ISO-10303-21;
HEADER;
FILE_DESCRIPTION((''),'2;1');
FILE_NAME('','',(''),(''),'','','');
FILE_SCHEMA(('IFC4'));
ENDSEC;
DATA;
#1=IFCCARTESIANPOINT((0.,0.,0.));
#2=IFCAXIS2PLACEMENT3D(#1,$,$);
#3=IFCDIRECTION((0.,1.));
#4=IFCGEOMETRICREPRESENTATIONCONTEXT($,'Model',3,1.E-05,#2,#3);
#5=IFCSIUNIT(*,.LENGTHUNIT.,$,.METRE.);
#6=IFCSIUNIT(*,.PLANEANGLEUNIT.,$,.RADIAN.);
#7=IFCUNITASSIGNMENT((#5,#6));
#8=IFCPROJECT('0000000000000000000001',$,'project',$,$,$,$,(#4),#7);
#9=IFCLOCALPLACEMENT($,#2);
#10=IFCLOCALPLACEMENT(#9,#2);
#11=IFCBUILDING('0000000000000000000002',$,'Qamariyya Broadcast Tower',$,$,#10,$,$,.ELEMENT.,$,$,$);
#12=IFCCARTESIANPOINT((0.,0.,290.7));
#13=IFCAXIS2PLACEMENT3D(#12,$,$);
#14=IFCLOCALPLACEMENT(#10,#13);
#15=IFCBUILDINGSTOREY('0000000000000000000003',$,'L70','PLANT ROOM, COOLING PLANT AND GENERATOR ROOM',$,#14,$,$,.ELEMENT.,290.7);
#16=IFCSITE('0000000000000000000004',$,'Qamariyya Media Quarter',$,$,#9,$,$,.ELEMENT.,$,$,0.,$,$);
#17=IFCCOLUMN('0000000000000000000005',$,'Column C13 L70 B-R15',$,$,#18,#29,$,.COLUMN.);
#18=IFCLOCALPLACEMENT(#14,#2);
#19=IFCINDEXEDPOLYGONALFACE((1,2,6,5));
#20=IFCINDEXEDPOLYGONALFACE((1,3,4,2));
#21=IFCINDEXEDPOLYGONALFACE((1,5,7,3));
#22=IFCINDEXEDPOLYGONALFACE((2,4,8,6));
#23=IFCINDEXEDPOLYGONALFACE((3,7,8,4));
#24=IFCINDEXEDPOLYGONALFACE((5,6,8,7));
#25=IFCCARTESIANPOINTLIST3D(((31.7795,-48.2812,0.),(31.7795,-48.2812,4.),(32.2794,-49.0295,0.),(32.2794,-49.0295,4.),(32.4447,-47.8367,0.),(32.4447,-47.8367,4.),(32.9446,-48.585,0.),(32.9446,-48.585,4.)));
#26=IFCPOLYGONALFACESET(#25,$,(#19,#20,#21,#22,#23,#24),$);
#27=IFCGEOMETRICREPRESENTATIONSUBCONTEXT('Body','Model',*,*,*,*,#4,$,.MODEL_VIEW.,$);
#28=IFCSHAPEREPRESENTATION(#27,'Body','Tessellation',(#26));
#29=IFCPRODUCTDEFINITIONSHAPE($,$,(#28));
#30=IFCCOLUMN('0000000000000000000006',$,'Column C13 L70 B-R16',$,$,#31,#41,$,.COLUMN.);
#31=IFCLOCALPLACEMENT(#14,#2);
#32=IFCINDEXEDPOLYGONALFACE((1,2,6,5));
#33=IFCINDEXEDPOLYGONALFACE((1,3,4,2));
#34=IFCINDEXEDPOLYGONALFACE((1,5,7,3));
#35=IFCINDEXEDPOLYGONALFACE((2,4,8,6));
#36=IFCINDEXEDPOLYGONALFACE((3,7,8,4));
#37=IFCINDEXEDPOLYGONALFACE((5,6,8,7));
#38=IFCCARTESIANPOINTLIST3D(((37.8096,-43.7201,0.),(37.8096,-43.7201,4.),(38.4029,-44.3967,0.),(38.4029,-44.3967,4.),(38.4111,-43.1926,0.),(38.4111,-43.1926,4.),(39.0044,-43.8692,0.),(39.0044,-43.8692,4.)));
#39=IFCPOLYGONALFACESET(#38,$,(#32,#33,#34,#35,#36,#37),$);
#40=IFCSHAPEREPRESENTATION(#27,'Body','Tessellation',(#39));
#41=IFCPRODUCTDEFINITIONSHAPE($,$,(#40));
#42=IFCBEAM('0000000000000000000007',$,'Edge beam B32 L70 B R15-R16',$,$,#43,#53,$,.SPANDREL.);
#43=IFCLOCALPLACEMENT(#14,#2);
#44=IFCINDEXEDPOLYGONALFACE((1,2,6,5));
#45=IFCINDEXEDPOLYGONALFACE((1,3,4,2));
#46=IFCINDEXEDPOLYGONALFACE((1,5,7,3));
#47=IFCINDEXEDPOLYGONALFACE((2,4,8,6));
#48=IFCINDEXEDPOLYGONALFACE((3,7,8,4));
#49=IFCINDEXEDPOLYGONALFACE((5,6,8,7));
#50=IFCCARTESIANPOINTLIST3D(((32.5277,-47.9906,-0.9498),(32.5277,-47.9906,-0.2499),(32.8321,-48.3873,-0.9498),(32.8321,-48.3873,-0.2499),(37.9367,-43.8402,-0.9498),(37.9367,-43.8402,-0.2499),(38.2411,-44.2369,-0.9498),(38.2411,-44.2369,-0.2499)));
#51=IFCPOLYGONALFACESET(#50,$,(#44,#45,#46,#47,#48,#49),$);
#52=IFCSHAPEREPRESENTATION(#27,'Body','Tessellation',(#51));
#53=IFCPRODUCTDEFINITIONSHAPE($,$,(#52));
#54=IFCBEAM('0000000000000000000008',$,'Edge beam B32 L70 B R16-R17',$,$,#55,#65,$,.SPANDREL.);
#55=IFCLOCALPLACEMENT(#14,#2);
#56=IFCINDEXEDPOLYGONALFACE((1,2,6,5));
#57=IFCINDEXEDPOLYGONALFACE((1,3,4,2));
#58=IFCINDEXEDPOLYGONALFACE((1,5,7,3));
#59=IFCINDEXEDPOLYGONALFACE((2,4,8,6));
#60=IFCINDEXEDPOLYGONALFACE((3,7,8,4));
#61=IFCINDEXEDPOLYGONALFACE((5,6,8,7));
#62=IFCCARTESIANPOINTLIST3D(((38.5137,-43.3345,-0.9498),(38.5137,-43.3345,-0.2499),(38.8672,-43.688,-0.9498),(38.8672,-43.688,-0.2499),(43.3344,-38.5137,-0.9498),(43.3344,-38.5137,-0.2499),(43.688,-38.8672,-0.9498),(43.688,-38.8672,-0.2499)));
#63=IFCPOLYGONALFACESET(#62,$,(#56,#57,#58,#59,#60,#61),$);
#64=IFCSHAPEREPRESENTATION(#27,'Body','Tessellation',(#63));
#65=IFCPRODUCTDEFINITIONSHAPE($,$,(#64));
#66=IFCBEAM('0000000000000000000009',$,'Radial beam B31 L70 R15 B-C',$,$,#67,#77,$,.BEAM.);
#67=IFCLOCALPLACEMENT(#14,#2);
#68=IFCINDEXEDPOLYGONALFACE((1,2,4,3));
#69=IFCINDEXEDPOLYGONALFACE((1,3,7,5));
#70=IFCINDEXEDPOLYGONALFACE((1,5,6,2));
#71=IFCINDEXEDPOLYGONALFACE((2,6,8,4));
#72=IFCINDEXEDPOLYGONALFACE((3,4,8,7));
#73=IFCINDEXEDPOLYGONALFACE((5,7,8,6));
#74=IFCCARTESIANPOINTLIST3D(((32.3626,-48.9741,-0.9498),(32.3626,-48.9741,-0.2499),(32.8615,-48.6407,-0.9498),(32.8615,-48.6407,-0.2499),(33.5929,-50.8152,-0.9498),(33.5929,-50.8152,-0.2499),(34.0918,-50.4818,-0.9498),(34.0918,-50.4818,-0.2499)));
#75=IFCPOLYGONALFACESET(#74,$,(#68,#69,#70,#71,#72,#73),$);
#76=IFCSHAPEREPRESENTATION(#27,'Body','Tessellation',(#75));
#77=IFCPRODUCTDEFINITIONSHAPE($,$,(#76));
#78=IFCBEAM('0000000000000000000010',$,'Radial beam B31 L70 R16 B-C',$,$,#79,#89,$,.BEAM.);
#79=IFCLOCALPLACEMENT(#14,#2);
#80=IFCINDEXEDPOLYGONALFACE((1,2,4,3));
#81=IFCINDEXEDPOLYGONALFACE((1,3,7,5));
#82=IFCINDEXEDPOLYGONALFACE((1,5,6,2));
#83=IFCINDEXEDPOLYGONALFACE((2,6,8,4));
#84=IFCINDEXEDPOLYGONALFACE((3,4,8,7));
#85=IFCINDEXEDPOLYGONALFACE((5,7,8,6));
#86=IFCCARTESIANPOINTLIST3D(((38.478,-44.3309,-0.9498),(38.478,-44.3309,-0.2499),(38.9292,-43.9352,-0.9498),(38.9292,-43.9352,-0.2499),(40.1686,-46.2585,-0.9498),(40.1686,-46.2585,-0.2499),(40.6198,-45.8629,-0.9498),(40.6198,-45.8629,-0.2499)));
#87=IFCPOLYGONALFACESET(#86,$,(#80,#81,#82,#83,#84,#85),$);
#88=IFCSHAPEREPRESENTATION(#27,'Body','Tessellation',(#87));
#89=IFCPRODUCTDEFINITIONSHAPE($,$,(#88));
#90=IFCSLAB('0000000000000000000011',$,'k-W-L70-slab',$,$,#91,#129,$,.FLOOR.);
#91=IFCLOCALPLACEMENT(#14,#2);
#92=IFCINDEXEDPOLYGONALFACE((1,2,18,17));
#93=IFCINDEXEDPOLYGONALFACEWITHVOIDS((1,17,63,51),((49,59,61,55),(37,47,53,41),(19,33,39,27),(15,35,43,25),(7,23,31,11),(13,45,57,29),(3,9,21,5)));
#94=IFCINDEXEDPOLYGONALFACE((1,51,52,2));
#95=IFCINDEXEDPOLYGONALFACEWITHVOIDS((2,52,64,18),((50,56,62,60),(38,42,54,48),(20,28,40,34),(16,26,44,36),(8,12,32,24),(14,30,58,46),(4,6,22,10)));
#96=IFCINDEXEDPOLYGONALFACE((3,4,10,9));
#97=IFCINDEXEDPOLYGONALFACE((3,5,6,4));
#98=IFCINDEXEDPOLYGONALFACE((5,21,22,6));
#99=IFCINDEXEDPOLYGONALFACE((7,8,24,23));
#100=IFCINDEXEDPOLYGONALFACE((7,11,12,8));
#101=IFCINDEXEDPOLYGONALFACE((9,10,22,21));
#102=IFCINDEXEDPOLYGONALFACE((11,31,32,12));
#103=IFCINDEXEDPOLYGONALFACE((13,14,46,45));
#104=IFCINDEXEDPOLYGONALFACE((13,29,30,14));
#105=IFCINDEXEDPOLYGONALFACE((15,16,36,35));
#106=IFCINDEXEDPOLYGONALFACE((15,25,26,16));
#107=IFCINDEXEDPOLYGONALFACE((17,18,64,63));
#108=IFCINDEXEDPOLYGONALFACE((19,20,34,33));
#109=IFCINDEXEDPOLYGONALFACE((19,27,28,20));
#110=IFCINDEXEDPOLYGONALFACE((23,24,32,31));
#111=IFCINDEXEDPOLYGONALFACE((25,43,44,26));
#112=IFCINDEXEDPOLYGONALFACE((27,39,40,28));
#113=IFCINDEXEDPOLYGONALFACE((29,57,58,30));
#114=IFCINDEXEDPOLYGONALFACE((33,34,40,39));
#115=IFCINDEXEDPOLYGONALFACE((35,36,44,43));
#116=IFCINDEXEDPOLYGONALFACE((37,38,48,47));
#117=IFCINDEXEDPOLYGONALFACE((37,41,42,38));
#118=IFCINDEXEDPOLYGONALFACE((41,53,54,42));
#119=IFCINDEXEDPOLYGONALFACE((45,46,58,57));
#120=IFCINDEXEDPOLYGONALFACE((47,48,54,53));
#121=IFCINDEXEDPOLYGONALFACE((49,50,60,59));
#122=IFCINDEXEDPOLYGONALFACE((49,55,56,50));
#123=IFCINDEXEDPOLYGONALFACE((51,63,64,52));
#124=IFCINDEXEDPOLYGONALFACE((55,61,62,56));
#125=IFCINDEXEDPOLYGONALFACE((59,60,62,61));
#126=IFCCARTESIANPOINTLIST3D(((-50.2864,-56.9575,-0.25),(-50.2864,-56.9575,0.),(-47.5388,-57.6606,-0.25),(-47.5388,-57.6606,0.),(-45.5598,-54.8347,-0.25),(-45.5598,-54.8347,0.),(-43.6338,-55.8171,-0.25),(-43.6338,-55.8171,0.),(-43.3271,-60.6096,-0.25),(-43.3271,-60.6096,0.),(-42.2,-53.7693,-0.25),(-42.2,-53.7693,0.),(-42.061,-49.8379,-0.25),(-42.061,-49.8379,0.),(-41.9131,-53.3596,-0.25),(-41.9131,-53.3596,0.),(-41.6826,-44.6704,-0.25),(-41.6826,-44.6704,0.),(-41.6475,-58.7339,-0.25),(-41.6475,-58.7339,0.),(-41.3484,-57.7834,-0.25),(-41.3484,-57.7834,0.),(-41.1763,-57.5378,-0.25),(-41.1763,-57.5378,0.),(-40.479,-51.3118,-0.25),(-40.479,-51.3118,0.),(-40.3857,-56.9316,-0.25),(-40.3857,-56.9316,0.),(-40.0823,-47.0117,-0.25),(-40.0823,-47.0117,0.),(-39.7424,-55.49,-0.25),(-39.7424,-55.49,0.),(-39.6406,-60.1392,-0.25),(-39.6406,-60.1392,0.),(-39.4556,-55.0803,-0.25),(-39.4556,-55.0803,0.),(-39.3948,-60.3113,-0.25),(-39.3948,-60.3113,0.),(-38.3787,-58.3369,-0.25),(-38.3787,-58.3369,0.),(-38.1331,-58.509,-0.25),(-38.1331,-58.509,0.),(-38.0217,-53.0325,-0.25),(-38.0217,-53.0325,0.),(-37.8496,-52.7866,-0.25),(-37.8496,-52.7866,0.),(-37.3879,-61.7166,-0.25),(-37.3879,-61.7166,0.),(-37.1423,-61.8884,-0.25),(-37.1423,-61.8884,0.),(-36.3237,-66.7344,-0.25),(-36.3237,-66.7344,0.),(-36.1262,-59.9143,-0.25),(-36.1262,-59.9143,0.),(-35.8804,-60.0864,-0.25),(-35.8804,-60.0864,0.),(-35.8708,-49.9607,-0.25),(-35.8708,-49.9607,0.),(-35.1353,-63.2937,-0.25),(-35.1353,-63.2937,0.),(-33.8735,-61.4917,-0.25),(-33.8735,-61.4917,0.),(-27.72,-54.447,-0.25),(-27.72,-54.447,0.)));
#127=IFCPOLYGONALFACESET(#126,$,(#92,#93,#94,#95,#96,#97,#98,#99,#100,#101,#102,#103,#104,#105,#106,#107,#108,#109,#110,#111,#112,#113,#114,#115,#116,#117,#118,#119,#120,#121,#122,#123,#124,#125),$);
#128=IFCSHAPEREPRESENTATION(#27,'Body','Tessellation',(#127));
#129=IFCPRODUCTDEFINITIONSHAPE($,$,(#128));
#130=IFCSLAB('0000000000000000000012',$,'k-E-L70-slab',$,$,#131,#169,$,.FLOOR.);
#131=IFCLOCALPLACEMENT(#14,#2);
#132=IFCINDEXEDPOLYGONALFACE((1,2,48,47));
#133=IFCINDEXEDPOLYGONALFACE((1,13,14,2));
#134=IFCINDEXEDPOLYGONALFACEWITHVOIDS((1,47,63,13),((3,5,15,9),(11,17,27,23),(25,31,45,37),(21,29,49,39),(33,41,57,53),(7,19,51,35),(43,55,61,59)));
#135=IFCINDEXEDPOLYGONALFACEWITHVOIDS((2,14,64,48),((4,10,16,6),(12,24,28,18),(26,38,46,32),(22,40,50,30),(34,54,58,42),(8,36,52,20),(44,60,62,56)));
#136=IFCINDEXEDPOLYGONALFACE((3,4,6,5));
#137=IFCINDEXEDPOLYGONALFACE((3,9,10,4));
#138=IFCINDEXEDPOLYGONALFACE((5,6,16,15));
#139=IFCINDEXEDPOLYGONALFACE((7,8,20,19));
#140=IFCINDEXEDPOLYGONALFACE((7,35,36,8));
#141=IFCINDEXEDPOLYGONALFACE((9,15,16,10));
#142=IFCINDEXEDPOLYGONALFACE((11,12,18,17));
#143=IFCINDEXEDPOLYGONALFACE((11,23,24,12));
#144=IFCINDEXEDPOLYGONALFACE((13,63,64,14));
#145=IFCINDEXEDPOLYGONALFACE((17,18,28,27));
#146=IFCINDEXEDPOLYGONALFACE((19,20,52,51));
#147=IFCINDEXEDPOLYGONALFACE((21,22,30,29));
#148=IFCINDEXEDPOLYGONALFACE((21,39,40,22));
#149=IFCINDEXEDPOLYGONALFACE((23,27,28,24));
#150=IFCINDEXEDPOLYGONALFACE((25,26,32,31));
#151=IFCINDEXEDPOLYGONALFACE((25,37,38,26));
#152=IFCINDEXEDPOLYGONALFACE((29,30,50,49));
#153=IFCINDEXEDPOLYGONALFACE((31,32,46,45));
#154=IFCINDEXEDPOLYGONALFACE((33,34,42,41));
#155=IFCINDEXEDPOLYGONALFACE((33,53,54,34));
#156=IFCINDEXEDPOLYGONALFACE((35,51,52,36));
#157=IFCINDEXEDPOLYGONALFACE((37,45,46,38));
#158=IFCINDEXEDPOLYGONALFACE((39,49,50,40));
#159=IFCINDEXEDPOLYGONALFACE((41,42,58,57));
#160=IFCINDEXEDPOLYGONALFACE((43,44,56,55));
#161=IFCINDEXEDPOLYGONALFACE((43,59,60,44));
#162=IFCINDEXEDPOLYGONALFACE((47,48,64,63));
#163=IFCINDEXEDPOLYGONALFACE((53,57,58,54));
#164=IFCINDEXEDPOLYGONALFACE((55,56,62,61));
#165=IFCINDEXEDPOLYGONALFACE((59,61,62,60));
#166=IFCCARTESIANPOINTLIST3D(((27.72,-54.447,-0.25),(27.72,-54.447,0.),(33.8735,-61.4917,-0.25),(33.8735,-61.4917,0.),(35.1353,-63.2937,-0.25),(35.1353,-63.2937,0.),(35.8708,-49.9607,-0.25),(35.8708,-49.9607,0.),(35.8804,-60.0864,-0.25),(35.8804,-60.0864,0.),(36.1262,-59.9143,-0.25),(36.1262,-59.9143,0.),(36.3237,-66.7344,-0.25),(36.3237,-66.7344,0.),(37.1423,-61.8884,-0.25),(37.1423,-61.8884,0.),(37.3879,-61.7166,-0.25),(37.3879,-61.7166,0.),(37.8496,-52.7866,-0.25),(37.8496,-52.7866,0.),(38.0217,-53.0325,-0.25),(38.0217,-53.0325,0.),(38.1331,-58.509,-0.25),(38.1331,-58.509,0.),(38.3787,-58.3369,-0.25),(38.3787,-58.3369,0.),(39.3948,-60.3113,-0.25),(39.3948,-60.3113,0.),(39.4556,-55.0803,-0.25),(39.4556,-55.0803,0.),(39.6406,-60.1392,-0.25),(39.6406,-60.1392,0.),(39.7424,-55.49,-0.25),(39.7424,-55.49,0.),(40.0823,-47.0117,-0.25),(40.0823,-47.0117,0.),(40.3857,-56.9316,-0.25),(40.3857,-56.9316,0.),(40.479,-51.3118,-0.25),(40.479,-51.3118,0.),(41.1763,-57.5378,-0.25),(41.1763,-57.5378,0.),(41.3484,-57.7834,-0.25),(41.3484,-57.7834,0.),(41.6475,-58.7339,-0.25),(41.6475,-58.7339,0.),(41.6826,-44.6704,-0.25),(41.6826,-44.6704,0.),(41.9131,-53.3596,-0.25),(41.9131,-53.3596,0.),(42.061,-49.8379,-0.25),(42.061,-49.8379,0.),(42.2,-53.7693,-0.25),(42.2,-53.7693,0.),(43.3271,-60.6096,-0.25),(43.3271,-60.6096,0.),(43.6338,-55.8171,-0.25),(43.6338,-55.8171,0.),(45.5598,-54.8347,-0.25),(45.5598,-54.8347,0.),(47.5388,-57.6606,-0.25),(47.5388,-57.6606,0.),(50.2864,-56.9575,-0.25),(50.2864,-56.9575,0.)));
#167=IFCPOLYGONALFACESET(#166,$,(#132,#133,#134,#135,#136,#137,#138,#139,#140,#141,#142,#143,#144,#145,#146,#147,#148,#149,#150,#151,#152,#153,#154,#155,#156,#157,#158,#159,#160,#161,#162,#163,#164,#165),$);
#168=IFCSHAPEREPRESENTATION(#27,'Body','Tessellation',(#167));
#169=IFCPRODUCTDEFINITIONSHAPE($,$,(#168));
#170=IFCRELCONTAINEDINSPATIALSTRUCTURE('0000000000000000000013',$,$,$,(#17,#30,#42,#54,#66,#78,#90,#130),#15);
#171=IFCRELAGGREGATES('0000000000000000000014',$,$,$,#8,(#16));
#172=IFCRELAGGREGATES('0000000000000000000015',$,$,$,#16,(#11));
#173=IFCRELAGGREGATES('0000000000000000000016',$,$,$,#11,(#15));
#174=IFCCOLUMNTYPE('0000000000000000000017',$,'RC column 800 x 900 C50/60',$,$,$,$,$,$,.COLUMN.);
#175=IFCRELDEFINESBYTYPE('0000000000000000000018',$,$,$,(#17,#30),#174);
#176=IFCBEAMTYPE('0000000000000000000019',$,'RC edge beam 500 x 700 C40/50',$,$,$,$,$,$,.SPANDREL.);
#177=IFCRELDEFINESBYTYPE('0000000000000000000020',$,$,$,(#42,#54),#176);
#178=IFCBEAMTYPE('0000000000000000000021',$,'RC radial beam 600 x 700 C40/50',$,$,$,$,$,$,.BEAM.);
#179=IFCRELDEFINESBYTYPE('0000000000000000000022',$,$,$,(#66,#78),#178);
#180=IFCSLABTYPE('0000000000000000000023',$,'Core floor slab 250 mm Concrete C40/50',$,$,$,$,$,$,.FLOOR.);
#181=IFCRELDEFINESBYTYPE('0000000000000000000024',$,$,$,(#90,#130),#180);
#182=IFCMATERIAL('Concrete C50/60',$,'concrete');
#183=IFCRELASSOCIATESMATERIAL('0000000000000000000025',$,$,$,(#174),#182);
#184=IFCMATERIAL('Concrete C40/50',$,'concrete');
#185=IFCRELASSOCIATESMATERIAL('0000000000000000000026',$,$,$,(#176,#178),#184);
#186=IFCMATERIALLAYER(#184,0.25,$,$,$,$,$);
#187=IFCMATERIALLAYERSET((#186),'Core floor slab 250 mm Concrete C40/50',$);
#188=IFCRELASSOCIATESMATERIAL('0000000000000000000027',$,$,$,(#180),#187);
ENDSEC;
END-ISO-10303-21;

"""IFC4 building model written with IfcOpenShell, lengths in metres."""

from ifc_helpers import new_model, si_unit, direction, frame, origin, origin_2d, place, context, subcontext, project, spatial, polyline, rectangle, outline, extrude, material, layer, layer_set, material_profile, profile_set, type_object, element, save


model = new_model("IFC4")

# Units and contexts
model_context = context("Model", 3, precision=1e-05, world=origin(), true_north=direction((0.0, 1.0)))
body_context = subcontext(model_context, "Body", "Model", "MODEL_VIEW")
ifc_project = project(units=[si_unit("LENGTHUNIT", "METRE"), si_unit("PLANEANGLEUNIT", "RADIAN")], contexts=[model_context])

# Site, building, storey
site_placement = place(None, origin())
site = spatial("IfcSite", under=ifc_project, at=site_placement, Name="Qamariyya Media Quarter", CompositionType="ELEMENT", RefElevation=0.0)
building_placement = place(site_placement, origin())
building = spatial("IfcBuilding", under=site, at=building_placement, Name="Qamariyya Broadcast Tower", CompositionType="ELEMENT")
storey_placement = place(building_placement, frame((0.0, 0.0, 290.7)))
storey = spatial("IfcBuildingStorey", under=building, at=storey_placement, Name="L70", Description="PLANT ROOM, COOLING PLANT AND GENERATOR ROOM", CompositionType="ELEMENT", Elevation=290.7)

# Columns
ifc_material_1 = material(Name="Concrete C50/60", Category="concrete")
ifc_material_profile_1 = material_profile(ifc_material_1, rectangle(XDim=0.8, YDim=0.8999, at=origin_2d()))
ifc_profile_set_1 = profile_set([ifc_material_profile_1], Name="Concrete C50/60")
column_type = type_object("IfcColumnType", Name="RC column 800 x 900 C50/60", PredefinedType="COLUMN", material=ifc_profile_set_1)
for number, where, z_axis, x_axis, name in (
    (1, (32.3621, -48.4331, 0.0), (0.0, 0.0, 1.0), (0.83147, 0.55557, 0.0), "Column C13 L70 B-R15"),
    (2, (38.407, -43.7947, 0.0), (0.0, 0.0, 1.0), (0.75184, 0.659346, 0.0), "Column C13 L70 B-R16"),
):
    element("IfcColumn", number, at=place(storey_placement, frame(where, z_axis=z_axis, x_axis=x_axis)), inside=storey, type_object=column_type, Name=name, PredefinedType="COLUMN", context=body_context, shape_type="SweptSolid", body=[
        extrude(rectangle(XDim=0.8, YDim=0.8999, at=origin_2d()), origin(), (0.0, 0.0, 1.0), 4.0),
    ])

# Beams
ifc_material_2 = material(Name="Concrete C40/50", Category="concrete")
ifc_material_profile_2 = material_profile(ifc_material_2, rectangle(XDim=0.5, YDim=0.7, at=origin_2d()))
ifc_profile_set_2 = profile_set([ifc_material_profile_2], Name="Concrete C40/50")
beam_type_1 = type_object("IfcBeamType", Name="RC edge beam 500 x 700 C40/50", PredefinedType="SPANDREL", material=ifc_profile_set_2)
beam_1_placement = place(storey_placement, frame((32.6799, -48.189, -0.5999), z_axis=(0.793356, 0.608759, 0.0), x_axis=(-0.608759, 0.793356, 0.0)))
element("IfcBeam", 3, at=beam_1_placement, inside=storey, type_object=beam_type_1, Name="Edge beam B32 L70 B R15-R16", PredefinedType="SPANDREL", context=body_context, shape_type="SweptSolid", body=[
    extrude(rectangle(XDim=0.5, YDim=0.7, at=origin_2d()), origin(), (0.0, 0.0, 1.0), 6.8179),
])
beam_2_placement = place(storey_placement, frame((38.6904, -43.5112, -0.5999), z_axis=(0.707107, 0.707107, 0.0), x_axis=(-0.707107, 0.707107, 0.0)))
element("IfcBeam", 4, at=beam_2_placement, inside=storey, type_object=beam_type_1, Name="Edge beam B32 L70 B R16-R17", PredefinedType="SPANDREL", context=body_context, shape_type="SweptSolid", body=[
    extrude(rectangle(XDim=0.5, YDim=0.7, at=origin_2d()), origin(), (0.0, 0.0, 1.0), 6.8176),
])
ifc_material_profile_3 = material_profile(ifc_material_2, rectangle(XDim=0.6001, YDim=0.7, at=origin_2d()))
ifc_profile_set_3 = profile_set([ifc_material_profile_3], Name="Concrete C40/50")
beam_type_2 = type_object("IfcBeamType", Name="RC radial beam 600 x 700 C40/50", PredefinedType="BEAM", material=ifc_profile_set_3)
beam_3_placement = place(storey_placement, frame((32.6121, -48.8074, -0.5999), z_axis=(0.55559, -0.831456, 0.0), x_axis=(0.831456, 0.55559, 0.0)))
element("IfcBeam", 5, at=beam_3_placement, inside=storey, type_object=beam_type_2, Name="Radial beam B31 L70 R15 B-C", PredefinedType="BEAM", context=body_context, shape_type="SweptSolid", body=[
    extrude(rectangle(XDim=0.6001, YDim=0.7, at=origin_2d()), origin(), (0.0, 0.0, 1.0), 2.2144),
])
beam_4_placement = place(storey_placement, frame((38.7036, -44.1331, -0.5999), z_axis=(0.659367, -0.751821, 0.0), x_axis=(0.751821, 0.659367, 0.0)))
element("IfcBeam", 6, at=beam_4_placement, inside=storey, type_object=beam_type_2, Name="Radial beam B31 L70 R16 B-C", PredefinedType="BEAM", context=body_context, shape_type="SweptSolid", body=[
    extrude(rectangle(XDim=0.6001, YDim=0.7, at=origin_2d()), origin(), (0.0, 0.0, 1.0), 2.564),
])

# Slabs
ifc_layer_1 = layer(ifc_material_2, 0.25)
ifc_layer_set_1 = layer_set([ifc_layer_1], Name="Core floor slab 250 mm Concrete C40/50")
slab_type_1 = type_object("IfcSlabType", Name="Core floor slab 250 mm Concrete C40/50", PredefinedType="FLOOR", material=ifc_layer_set_1)
slab_1_placement = place(storey_placement, frame((0.0, 0.0, -0.25)))
element("IfcSlab", 7, at=slab_1_placement, inside=storey, type_object=slab_type_1, Name="k-W-L70-slab", PredefinedType="FLOOR", context=body_context, shape_type="SweptSolid", body=[
    extrude(outline(polyline([(-50.2864, -56.9575), (-36.3237, -66.7344), (-27.72, -54.447), (-41.6826, -44.6704), (-50.2864, -56.9575)]), holes=[polyline([(-33.8735, -61.4917), (-35.8804, -60.0864), (-37.1423, -61.8884), (-35.1353, -63.2937), (-33.8735, -61.4917)]), polyline([(-36.1262, -59.9143), (-38.1331, -58.509), (-39.3948, -60.3113), (-37.3879, -61.7166), (-36.1262, -59.9143)]), polyline([(-38.3787, -58.3369), (-40.3857, -56.9316), (-41.6475, -58.7339), (-39.6406, -60.1392), (-38.3787, -58.3369)]), polyline([(-39.7424, -55.49), (-42.2, -53.7693), (-43.6338, -55.8171), (-41.1763, -57.5378), (-39.7424, -55.49)]), polyline([(-39.4556, -55.0803), (-41.9131, -53.3596), (-40.479, -51.3118), (-38.0217, -53.0325), (-39.4556, -55.0803)]), polyline([(-42.061, -49.8379), (-37.8496, -52.7866), (-35.8708, -49.9607), (-40.0823, -47.0117), (-42.061, -49.8379)]), polyline([(-47.5388, -57.6606), (-43.3271, -60.6096), (-41.3484, -57.7834), (-45.5598, -54.8347), (-47.5388, -57.6606)])]), origin(), (0.0, 0.0, 1.0), 0.25),
])
slab_2_placement = place(storey_placement, frame((0.0, 0.0, -0.25)))
element("IfcSlab", 8, at=slab_2_placement, inside=storey, type_object=slab_type_1, Name="k-E-L70-slab", PredefinedType="FLOOR", context=body_context, shape_type="SweptSolid", body=[
    extrude(outline(polyline([(36.3237, -66.7344), (50.2864, -56.9575), (41.6826, -44.6704), (27.72, -54.447), (36.3237, -66.7344)]), holes=[polyline([(33.8735, -61.4917), (35.8804, -60.0864), (37.1423, -61.8884), (35.1353, -63.2937), (33.8735, -61.4917)]), polyline([(36.1262, -59.9143), (38.1331, -58.509), (39.3948, -60.3113), (37.3879, -61.7166), (36.1262, -59.9143)]), polyline([(38.3787, -58.3369), (40.3857, -56.9316), (41.6475, -58.7339), (39.6406, -60.1392), (38.3787, -58.3369)]), polyline([(39.7424, -55.49), (42.2, -53.7693), (43.6338, -55.8171), (41.1763, -57.5378), (39.7424, -55.49)]), polyline([(39.4556, -55.0803), (41.9131, -53.3596), (40.479, -51.3118), (38.0217, -53.0325), (39.4556, -55.0803)]), polyline([(40.0823, -47.0117), (35.8708, -49.9607), (37.8496, -52.7866), (42.061, -49.8379), (40.0823, -47.0117)]), polyline([(45.5598, -54.8347), (41.3484, -57.7834), (43.3271, -60.6096), (47.5388, -57.6606), (45.5598, -54.8347)])]), origin(), (0.0, 0.0, 1.0), 0.25),
])

save(model, "model.ifc")
